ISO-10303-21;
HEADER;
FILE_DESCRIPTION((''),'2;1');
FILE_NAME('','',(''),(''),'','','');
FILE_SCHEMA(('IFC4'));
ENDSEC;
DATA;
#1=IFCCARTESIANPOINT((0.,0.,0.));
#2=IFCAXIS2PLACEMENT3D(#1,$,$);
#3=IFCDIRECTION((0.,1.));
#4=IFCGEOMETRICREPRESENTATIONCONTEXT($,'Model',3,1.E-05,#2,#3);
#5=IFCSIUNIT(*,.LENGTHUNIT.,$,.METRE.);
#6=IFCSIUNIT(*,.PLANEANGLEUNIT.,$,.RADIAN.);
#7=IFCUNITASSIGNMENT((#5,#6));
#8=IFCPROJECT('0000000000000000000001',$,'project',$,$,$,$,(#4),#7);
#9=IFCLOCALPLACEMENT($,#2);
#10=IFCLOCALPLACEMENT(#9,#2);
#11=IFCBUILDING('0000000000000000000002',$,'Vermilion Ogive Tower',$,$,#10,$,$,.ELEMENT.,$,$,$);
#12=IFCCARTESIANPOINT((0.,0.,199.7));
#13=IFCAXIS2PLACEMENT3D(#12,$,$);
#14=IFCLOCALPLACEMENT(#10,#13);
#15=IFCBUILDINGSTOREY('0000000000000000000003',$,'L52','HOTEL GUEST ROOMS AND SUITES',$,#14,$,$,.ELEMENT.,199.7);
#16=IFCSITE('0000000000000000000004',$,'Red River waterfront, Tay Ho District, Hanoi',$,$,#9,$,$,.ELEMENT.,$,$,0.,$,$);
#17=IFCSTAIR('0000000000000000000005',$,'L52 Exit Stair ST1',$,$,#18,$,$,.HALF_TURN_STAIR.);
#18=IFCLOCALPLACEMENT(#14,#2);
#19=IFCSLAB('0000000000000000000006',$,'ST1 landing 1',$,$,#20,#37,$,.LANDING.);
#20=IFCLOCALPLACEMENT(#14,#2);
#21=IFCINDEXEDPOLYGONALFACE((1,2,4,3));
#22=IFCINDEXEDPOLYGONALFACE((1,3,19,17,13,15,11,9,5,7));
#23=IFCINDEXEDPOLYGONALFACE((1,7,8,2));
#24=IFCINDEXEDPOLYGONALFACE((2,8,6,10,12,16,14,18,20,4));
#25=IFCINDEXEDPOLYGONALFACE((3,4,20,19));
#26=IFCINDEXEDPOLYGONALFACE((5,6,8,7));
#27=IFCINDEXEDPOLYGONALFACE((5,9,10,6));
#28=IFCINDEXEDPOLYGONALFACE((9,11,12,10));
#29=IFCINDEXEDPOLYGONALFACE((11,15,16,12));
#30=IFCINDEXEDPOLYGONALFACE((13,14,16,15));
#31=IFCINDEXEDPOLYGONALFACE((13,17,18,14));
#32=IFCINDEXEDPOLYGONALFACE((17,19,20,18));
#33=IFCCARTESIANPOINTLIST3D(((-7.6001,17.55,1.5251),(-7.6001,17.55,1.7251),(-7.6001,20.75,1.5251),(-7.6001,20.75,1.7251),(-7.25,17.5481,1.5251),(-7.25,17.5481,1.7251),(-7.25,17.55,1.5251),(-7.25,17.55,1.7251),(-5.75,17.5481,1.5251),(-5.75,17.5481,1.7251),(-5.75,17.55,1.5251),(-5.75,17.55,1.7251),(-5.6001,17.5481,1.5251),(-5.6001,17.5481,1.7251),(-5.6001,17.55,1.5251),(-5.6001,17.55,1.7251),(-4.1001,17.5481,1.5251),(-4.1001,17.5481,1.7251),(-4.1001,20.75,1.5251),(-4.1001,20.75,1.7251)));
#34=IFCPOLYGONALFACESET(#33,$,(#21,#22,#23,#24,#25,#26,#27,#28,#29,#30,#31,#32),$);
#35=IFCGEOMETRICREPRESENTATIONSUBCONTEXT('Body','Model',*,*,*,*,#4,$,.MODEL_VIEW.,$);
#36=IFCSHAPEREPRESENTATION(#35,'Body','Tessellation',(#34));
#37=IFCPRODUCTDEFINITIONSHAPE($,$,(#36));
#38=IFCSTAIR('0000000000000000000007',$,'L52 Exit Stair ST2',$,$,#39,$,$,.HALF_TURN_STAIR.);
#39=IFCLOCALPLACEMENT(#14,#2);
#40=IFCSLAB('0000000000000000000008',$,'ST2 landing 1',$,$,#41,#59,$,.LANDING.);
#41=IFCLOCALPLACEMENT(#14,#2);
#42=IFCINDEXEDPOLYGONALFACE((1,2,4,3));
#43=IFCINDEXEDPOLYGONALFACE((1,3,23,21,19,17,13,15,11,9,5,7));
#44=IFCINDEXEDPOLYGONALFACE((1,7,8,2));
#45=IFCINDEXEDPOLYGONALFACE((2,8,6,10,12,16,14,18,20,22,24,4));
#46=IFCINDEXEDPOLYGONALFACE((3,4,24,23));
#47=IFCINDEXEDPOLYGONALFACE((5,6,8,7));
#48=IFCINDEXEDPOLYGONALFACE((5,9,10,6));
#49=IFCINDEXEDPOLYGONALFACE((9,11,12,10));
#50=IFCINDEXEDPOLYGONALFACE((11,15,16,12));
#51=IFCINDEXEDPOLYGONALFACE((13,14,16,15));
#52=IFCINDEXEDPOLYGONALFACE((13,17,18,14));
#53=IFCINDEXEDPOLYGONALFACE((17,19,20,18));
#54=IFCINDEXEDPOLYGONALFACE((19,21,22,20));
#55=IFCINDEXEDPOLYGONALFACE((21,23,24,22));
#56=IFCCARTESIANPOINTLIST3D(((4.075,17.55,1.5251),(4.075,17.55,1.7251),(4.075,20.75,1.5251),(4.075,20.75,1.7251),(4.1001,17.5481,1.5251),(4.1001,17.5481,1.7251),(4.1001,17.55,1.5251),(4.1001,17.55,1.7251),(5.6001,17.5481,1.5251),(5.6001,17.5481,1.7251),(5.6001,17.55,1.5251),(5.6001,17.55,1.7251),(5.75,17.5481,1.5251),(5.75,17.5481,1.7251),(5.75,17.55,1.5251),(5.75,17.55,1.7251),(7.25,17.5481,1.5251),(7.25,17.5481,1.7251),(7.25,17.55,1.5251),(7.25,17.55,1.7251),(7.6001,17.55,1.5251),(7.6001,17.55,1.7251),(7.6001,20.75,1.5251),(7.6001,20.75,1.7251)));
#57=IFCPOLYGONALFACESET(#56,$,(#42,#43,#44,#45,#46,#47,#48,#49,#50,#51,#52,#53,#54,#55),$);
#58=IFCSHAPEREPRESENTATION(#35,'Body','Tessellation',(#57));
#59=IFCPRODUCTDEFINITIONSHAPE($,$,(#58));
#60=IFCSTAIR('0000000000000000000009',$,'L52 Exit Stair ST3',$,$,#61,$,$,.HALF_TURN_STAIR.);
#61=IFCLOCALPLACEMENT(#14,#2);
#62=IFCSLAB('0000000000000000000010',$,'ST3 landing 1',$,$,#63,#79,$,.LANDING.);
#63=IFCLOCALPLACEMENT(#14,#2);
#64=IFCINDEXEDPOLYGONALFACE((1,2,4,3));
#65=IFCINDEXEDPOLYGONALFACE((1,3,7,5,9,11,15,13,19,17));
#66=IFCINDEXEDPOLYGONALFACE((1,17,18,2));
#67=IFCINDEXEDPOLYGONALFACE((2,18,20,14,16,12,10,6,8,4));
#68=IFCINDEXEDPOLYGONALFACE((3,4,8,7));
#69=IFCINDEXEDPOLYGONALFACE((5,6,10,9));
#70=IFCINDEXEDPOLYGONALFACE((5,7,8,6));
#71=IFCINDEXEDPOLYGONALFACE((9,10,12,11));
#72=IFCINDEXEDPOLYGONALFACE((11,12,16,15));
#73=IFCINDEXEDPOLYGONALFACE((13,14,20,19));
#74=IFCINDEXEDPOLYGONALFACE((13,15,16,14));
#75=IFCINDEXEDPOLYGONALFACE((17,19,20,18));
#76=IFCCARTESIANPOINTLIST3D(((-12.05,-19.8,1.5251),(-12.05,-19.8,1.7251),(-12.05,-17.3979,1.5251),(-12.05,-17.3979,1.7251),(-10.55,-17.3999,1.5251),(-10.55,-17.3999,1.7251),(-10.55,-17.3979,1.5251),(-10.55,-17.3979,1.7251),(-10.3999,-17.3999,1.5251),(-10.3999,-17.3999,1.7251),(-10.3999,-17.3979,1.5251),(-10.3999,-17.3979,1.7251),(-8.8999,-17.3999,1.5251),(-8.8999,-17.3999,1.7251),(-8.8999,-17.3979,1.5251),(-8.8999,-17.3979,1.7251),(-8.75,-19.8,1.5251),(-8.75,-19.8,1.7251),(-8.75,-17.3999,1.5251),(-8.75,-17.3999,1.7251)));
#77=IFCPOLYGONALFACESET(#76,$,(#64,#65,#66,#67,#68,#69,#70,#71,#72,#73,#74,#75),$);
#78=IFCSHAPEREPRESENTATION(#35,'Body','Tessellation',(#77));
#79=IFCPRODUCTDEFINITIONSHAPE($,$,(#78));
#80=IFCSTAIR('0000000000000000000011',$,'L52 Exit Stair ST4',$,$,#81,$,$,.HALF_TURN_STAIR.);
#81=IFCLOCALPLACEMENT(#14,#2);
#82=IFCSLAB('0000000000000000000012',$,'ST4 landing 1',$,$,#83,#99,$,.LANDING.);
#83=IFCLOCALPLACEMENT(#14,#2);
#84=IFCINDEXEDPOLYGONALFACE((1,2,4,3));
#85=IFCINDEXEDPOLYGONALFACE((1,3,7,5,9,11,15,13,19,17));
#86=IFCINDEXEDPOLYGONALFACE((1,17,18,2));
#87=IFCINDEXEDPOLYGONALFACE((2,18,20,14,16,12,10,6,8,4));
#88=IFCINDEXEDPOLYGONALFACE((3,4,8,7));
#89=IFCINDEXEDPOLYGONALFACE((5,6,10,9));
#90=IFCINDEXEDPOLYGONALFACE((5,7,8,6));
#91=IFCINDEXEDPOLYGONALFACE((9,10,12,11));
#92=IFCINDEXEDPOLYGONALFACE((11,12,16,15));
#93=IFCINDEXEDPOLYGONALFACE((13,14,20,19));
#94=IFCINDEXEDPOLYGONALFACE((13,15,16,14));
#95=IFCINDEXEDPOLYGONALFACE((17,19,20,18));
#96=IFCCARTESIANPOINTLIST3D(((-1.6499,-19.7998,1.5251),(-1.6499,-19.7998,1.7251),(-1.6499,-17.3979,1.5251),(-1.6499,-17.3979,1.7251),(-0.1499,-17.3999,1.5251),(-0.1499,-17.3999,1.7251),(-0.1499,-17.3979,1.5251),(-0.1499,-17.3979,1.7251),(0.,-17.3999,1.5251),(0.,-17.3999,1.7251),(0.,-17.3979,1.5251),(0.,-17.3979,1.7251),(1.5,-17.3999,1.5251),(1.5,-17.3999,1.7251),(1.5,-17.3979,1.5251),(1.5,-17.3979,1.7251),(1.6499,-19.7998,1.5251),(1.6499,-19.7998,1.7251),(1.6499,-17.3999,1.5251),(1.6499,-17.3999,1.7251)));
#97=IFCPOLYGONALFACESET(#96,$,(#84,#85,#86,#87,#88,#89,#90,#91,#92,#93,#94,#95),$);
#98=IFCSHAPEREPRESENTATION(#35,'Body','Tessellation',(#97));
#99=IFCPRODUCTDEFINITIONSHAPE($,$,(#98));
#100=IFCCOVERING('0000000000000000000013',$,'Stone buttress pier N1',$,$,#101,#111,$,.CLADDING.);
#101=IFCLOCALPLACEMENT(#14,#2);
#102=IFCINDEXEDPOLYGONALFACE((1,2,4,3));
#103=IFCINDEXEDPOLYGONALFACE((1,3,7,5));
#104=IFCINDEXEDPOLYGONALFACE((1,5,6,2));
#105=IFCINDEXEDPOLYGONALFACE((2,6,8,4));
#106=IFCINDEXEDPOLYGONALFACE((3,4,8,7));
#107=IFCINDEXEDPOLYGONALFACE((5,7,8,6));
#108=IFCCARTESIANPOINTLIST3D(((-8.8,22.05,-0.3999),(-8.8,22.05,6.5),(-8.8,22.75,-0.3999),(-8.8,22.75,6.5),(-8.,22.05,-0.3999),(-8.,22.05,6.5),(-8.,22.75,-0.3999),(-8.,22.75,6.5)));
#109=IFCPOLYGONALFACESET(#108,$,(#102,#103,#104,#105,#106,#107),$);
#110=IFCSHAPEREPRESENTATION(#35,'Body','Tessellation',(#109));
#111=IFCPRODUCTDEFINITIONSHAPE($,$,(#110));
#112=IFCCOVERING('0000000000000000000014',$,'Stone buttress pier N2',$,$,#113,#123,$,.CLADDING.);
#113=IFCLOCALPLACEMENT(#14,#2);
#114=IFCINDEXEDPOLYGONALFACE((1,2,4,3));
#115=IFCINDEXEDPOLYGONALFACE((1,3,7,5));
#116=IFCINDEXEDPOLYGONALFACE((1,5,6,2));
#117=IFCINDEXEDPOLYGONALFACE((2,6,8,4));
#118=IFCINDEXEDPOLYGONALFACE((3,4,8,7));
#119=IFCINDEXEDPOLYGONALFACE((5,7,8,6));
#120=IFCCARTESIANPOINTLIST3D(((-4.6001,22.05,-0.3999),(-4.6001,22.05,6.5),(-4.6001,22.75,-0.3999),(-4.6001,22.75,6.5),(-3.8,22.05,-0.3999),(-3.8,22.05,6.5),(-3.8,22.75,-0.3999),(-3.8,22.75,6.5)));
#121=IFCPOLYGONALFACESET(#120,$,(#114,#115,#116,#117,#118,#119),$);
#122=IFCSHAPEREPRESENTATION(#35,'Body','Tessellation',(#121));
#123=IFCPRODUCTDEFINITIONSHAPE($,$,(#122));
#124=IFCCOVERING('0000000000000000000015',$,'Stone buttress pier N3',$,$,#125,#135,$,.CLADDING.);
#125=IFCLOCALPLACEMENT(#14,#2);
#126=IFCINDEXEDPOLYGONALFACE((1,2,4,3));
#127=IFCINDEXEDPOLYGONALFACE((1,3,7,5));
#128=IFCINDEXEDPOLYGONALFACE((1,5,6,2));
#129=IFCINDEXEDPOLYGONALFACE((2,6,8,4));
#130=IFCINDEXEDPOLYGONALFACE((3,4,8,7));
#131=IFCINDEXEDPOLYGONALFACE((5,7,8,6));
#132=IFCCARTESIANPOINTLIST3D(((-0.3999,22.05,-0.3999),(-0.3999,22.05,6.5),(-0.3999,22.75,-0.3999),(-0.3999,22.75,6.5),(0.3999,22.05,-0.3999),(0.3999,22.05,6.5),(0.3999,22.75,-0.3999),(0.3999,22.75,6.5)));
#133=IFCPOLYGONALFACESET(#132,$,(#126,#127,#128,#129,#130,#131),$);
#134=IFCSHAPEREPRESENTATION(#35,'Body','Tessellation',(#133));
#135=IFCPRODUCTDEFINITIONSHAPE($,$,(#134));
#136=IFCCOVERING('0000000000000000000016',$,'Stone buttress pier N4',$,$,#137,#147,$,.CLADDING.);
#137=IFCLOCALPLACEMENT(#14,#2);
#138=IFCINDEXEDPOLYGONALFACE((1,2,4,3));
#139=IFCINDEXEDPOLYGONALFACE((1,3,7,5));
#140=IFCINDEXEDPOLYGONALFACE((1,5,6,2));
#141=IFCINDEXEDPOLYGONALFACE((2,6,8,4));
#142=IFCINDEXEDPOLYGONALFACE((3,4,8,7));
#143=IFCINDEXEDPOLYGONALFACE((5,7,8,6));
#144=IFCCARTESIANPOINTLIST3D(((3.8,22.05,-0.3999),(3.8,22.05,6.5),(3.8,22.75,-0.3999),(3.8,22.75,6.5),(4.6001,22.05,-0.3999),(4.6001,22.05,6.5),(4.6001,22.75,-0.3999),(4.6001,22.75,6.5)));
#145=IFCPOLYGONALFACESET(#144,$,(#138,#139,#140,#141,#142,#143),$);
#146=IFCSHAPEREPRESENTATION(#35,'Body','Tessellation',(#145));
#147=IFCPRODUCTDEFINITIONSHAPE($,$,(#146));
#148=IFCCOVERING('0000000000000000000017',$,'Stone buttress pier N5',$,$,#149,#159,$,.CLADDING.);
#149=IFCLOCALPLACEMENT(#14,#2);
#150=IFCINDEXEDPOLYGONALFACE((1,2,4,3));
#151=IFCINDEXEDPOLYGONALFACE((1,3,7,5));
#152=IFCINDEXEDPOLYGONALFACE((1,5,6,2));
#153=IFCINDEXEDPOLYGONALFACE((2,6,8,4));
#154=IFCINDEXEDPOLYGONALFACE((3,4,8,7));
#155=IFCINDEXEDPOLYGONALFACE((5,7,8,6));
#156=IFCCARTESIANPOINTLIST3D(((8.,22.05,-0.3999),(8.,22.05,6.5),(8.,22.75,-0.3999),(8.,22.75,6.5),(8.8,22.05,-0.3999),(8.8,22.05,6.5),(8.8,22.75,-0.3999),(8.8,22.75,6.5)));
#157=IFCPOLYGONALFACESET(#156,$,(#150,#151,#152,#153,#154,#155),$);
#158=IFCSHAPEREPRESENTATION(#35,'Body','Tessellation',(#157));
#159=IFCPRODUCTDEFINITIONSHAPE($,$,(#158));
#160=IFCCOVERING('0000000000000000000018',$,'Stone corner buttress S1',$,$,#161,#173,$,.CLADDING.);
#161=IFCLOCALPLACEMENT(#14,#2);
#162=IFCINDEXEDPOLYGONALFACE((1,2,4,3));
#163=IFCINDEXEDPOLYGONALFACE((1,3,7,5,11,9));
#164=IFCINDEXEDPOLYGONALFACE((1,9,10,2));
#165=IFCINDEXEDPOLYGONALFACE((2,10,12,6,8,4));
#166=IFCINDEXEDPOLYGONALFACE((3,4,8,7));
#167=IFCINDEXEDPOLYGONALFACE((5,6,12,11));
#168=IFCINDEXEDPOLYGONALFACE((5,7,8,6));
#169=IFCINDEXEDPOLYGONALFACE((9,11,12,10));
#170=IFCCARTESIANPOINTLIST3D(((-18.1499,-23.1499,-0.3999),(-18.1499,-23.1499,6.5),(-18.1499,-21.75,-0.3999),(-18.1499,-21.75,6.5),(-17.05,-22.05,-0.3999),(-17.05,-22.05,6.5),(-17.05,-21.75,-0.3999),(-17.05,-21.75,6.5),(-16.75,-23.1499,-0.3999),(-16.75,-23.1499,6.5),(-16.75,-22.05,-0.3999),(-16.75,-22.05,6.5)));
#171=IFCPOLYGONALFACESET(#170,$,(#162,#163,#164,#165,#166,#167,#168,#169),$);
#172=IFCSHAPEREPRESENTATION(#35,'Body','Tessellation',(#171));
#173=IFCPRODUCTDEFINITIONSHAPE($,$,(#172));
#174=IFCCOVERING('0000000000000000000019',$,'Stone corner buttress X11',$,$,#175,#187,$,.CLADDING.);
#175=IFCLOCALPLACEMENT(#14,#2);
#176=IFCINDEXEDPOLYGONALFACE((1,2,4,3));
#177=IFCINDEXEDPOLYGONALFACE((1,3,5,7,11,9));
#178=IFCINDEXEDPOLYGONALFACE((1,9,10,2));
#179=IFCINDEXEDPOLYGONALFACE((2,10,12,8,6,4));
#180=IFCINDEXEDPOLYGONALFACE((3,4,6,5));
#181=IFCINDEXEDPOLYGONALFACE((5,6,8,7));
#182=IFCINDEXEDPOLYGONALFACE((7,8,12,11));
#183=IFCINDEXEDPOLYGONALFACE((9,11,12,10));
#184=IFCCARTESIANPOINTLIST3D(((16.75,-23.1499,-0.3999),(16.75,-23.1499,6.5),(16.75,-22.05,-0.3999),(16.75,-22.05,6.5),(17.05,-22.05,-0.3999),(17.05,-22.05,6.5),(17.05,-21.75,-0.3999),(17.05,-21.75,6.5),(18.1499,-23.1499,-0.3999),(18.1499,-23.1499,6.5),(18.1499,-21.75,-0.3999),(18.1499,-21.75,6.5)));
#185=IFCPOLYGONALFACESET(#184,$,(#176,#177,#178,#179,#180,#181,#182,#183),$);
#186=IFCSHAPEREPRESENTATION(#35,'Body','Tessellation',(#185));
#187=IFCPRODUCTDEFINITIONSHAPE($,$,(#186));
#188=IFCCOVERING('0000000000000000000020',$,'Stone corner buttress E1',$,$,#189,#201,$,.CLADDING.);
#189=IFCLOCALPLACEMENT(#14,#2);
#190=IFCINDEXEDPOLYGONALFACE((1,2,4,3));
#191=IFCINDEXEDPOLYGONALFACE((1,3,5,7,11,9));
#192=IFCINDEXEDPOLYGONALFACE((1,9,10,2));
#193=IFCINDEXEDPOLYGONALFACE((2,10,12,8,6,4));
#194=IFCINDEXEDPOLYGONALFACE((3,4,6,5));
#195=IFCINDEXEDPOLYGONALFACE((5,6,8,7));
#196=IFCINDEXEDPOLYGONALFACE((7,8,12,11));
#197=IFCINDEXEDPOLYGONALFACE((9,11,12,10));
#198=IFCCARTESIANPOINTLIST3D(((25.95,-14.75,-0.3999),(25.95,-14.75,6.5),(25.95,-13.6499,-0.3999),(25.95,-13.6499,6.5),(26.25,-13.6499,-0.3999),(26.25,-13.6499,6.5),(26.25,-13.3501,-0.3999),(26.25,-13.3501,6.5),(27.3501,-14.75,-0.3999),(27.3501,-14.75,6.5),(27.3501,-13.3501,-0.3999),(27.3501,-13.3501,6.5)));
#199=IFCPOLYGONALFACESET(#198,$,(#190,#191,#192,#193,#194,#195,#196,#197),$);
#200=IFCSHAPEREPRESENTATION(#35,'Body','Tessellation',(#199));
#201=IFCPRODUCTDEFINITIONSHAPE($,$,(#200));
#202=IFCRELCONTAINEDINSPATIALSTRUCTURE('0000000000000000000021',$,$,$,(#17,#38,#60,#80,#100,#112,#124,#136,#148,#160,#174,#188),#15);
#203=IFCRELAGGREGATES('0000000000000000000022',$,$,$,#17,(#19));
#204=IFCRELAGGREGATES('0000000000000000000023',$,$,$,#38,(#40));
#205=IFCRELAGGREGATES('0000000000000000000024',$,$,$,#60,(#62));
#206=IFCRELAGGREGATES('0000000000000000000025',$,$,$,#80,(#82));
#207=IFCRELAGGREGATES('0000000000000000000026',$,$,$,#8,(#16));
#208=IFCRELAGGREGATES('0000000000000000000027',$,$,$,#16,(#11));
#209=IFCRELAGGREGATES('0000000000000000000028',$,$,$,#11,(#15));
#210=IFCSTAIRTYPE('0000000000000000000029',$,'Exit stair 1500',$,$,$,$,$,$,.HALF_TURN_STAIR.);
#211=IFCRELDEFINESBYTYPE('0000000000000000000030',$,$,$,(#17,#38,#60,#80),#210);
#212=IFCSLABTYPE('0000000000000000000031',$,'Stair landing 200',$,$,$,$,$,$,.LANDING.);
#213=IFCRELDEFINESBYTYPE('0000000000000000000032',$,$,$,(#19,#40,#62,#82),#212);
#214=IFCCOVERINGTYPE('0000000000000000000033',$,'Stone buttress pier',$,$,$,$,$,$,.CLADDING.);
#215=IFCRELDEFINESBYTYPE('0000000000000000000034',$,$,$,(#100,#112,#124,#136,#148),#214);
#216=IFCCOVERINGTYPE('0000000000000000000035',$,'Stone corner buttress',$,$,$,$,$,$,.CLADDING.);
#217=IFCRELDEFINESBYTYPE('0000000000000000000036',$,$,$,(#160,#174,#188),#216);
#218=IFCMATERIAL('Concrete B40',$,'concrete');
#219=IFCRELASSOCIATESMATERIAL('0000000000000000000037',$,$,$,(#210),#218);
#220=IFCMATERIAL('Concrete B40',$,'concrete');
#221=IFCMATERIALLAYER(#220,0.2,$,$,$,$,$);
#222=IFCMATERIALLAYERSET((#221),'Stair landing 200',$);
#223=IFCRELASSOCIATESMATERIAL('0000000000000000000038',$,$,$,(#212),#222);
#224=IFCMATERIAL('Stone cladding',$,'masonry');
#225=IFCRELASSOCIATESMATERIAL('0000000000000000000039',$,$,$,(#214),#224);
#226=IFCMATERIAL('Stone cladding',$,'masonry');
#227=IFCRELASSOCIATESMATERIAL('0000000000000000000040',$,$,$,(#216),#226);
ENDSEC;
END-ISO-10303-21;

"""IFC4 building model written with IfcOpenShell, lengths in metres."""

from ifc_helpers import new_model, si_unit, direction, frame, origin, place, context, subcontext, project, spatial, polyline, outline, extrude, material, layer, layer_set, type_object, element, aggregate, save


model = new_model("IFC4")

# Units and contexts
model_context = context("Model", 3, precision=1e-05, world=origin(), true_north=direction((0.0, 1.0)))
body_context = subcontext(model_context, "Body", "Model", "MODEL_VIEW")
ifc_project = project(units=[si_unit("LENGTHUNIT", "METRE"), si_unit("PLANEANGLEUNIT", "RADIAN")], contexts=[model_context])

# Site, building, storey
site_placement = place(None, origin())
site = spatial("IfcSite", under=ifc_project, at=site_placement, Name="Red River waterfront, Tay Ho District, Hanoi", CompositionType="ELEMENT", RefElevation=0.0)
building_placement = place(site_placement, origin())
building = spatial("IfcBuilding", under=site, at=building_placement, Name="Vermilion Ogive Tower", CompositionType="ELEMENT")
storey_placement = place(building_placement, frame((0.0, 0.0, 199.7)))
storey = spatial("IfcBuildingStorey", under=building, at=storey_placement, Name="L52", Description="HOTEL GUEST ROOMS AND SUITES", CompositionType="ELEMENT", Elevation=199.7)

# Stairs, slabs
ifc_material_1 = material(Name="Concrete B40", Category="concrete")
stair_type = type_object("IfcStairType", Name="Exit stair 1500", PredefinedType="HALF_TURN_STAIR", material=ifc_material_1)
stair_1_placement = place(storey_placement, origin())
stair_1 = element("IfcStair", 1, at=stair_1_placement, inside=storey, type_object=stair_type, Name="L52 Exit Stair ST1", PredefinedType="HALF_TURN_STAIR")
ifc_material_2 = material(Name="Concrete B40", Category="concrete")
ifc_layer = layer(ifc_material_2, 0.2)
ifc_layer_set = layer_set([ifc_layer], Name="Stair landing 200")
slab_type = type_object("IfcSlabType", Name="Stair landing 200", PredefinedType="LANDING", material=ifc_layer_set)
slab_1_placement = place(storey_placement, frame((0.0, 0.0, 1.5251)))
slab_1 = element("IfcSlab", 2, at=slab_1_placement, type_object=slab_type, Name="ST1 landing 1", PredefinedType="LANDING", context=body_context, shape_type="SweptSolid", body=[
    extrude(outline(polyline([(-7.6001, 17.55), (-7.25, 17.55), (-7.25, 17.5481), (-5.75, 17.5481), (-5.75, 17.55), (-5.6001, 17.55), (-5.6001, 17.5481), (-4.1001, 17.5481), (-4.1001, 20.75), (-7.6001, 20.75), (-7.6001, 17.55)])), origin(), (0.0, 0.0, 1.0), 0.2),
])
aggregate(stair_1, [slab_1])
stair_2_placement = place(storey_placement, origin())
stair_2 = element("IfcStair", 3, at=stair_2_placement, inside=storey, type_object=stair_type, Name="L52 Exit Stair ST2", PredefinedType="HALF_TURN_STAIR")
slab_2_placement = place(storey_placement, frame((0.0, 0.0, 1.5251)))
slab_2 = element("IfcSlab", 4, at=slab_2_placement, type_object=slab_type, Name="ST2 landing 1", PredefinedType="LANDING", context=body_context, shape_type="SweptSolid", body=[
    extrude(outline(polyline([(5.6001, 17.55), (5.75, 17.55), (5.75, 17.5481), (7.25, 17.5481), (7.25, 17.55), (7.6001, 17.55), (7.6001, 20.75), (4.075, 20.75), (4.075, 17.55), (4.1001, 17.55), (4.1001, 17.5481), (5.6001, 17.5481), (5.6001, 17.55)])), origin(), (0.0, 0.0, 1.0), 0.2),
])
aggregate(stair_2, [slab_2])
stair_3_placement = place(storey_placement, origin())
stair_3 = element("IfcStair", 5, at=stair_3_placement, inside=storey, type_object=stair_type, Name="L52 Exit Stair ST3", PredefinedType="HALF_TURN_STAIR")
slab_3_placement = place(storey_placement, frame((0.0, 0.0, 1.5251)))
slab_3 = element("IfcSlab", 6, at=slab_3_placement, type_object=slab_type, Name="ST3 landing 1", PredefinedType="LANDING", context=body_context, shape_type="SweptSolid", body=[
    extrude(outline(polyline([(-8.75, -17.3999), (-8.8999, -17.3999), (-8.8999, -17.3979), (-10.3999, -17.3979), (-10.3999, -17.3999), (-10.55, -17.3999), (-10.55, -17.3979), (-12.05, -17.3979), (-12.05, -19.8), (-8.75, -19.8), (-8.75, -17.3999)])), origin(), (0.0, 0.0, 1.0), 0.2),
])
aggregate(stair_3, [slab_3])
stair_4_placement = place(storey_placement, origin())
stair_4 = element("IfcStair", 7, at=stair_4_placement, inside=storey, type_object=stair_type, Name="L52 Exit Stair ST4", PredefinedType="HALF_TURN_STAIR")
slab_4_placement = place(storey_placement, frame((0.0, 0.0, 1.5251)))
slab_4 = element("IfcSlab", 8, at=slab_4_placement, type_object=slab_type, Name="ST4 landing 1", PredefinedType="LANDING", context=body_context, shape_type="SweptSolid", body=[
    extrude(outline(polyline([(1.6499, -17.3999), (1.5, -17.3999), (1.5, -17.3979), (0.0, -17.3979), (0.0, -17.3999), (-0.1499, -17.3999), (-0.1499, -17.3979), (-1.6499, -17.3979), (-1.6499, -19.7998), (1.6499, -19.7998), (1.6499, -17.3999)])), origin(), (0.0, 0.0, 1.0), 0.2),
])
aggregate(stair_4, [slab_4])

# Coverings
ifc_material_3 = material(Name="Stone cladding", Category="masonry")
covering_type_1 = type_object("IfcCoveringType", Name="Stone buttress pier", PredefinedType="CLADDING", material=ifc_material_3)
covering_1_placement = place(storey_placement, frame((0.0, 0.0, -0.3999)))
element("IfcCovering", 9, at=covering_1_placement, inside=storey, type_object=covering_type_1, Name="Stone buttress pier N1", PredefinedType="CLADDING", context=body_context, shape_type="SweptSolid", body=[
    extrude(outline(polyline([(-8.0, 22.75), (-8.0, 22.05), (-8.8, 22.05), (-8.8, 22.75), (-8.0, 22.75)])), origin(), (0.0, 0.0, 1.0), 6.8999),
])
covering_2_placement = place(storey_placement, frame((0.0, 0.0, -0.3999)))
element("IfcCovering", 10, at=covering_2_placement, inside=storey, type_object=covering_type_1, Name="Stone buttress pier N2", PredefinedType="CLADDING", context=body_context, shape_type="SweptSolid", body=[
    extrude(outline(polyline([(-3.8, 22.75), (-3.8, 22.05), (-4.6001, 22.05), (-4.6001, 22.75), (-3.8, 22.75)])), origin(), (0.0, 0.0, 1.0), 6.8999),
])
covering_3_placement = place(storey_placement, frame((0.0, 0.0, -0.3999)))
element("IfcCovering", 11, at=covering_3_placement, inside=storey, type_object=covering_type_1, Name="Stone buttress pier N3", PredefinedType="CLADDING", context=body_context, shape_type="SweptSolid", body=[
    extrude(outline(polyline([(0.3999, 22.75), (0.3999, 22.05), (-0.3999, 22.05), (-0.3999, 22.75), (0.3999, 22.75)])), origin(), (0.0, 0.0, 1.0), 6.8999),
])
covering_4_placement = place(storey_placement, frame((0.0, 0.0, -0.3999)))
element("IfcCovering", 12, at=covering_4_placement, inside=storey, type_object=covering_type_1, Name="Stone buttress pier N4", PredefinedType="CLADDING", context=body_context, shape_type="SweptSolid", body=[
    extrude(outline(polyline([(4.6001, 22.75), (4.6001, 22.05), (3.8, 22.05), (3.8, 22.75), (4.6001, 22.75)])), origin(), (0.0, 0.0, 1.0), 6.8999),
])
covering_5_placement = place(storey_placement, frame((0.0, 0.0, -0.3999)))
element("IfcCovering", 13, at=covering_5_placement, inside=storey, type_object=covering_type_1, Name="Stone buttress pier N5", PredefinedType="CLADDING", context=body_context, shape_type="SweptSolid", body=[
    extrude(outline(polyline([(8.8, 22.75), (8.8, 22.05), (8.0, 22.05), (8.0, 22.75), (8.8, 22.75)])), origin(), (0.0, 0.0, 1.0), 6.8999),
])
ifc_material_4 = material(Name="Stone cladding", Category="masonry")
covering_type_2 = type_object("IfcCoveringType", Name="Stone corner buttress", PredefinedType="CLADDING", material=ifc_material_4)
covering_6_placement = place(storey_placement, frame((0.0, 0.0, -0.3999)))
element("IfcCovering", 14, at=covering_6_placement, inside=storey, type_object=covering_type_2, Name="Stone corner buttress S1", PredefinedType="CLADDING", context=body_context, shape_type="SweptSolid", body=[
    extrude(outline(polyline([(-17.05, -21.75), (-17.05, -22.05), (-16.75, -22.05), (-16.75, -23.1499), (-18.1499, -23.1499), (-18.1499, -21.75), (-17.05, -21.75)])), origin(), (0.0, 0.0, 1.0), 6.8999),
])
covering_7_placement = place(storey_placement, frame((0.0, 0.0, -0.3999)))
element("IfcCovering", 15, at=covering_7_placement, inside=storey, type_object=covering_type_2, Name="Stone corner buttress X11", PredefinedType="CLADDING", context=body_context, shape_type="SweptSolid", body=[
    extrude(outline(polyline([(16.75, -23.1499), (16.75, -22.05), (17.05, -22.05), (17.05, -21.75), (18.1499, -21.75), (18.1499, -23.1499), (16.75, -23.1499)])), origin(), (0.0, 0.0, 1.0), 6.8999),
])
covering_8_placement = place(storey_placement, frame((0.0, 0.0, -0.3999)))
element("IfcCovering", 16, at=covering_8_placement, inside=storey, type_object=covering_type_2, Name="Stone corner buttress E1", PredefinedType="CLADDING", context=body_context, shape_type="SweptSolid", body=[
    extrude(outline(polyline([(26.25, -13.6499), (26.25, -13.3501), (27.3501, -13.3501), (27.3501, -14.75), (25.95, -14.75), (25.95, -13.6499), (26.25, -13.6499)])), origin(), (0.0, 0.0, 1.0), 6.8999),
])

save(model, "model.ifc")
